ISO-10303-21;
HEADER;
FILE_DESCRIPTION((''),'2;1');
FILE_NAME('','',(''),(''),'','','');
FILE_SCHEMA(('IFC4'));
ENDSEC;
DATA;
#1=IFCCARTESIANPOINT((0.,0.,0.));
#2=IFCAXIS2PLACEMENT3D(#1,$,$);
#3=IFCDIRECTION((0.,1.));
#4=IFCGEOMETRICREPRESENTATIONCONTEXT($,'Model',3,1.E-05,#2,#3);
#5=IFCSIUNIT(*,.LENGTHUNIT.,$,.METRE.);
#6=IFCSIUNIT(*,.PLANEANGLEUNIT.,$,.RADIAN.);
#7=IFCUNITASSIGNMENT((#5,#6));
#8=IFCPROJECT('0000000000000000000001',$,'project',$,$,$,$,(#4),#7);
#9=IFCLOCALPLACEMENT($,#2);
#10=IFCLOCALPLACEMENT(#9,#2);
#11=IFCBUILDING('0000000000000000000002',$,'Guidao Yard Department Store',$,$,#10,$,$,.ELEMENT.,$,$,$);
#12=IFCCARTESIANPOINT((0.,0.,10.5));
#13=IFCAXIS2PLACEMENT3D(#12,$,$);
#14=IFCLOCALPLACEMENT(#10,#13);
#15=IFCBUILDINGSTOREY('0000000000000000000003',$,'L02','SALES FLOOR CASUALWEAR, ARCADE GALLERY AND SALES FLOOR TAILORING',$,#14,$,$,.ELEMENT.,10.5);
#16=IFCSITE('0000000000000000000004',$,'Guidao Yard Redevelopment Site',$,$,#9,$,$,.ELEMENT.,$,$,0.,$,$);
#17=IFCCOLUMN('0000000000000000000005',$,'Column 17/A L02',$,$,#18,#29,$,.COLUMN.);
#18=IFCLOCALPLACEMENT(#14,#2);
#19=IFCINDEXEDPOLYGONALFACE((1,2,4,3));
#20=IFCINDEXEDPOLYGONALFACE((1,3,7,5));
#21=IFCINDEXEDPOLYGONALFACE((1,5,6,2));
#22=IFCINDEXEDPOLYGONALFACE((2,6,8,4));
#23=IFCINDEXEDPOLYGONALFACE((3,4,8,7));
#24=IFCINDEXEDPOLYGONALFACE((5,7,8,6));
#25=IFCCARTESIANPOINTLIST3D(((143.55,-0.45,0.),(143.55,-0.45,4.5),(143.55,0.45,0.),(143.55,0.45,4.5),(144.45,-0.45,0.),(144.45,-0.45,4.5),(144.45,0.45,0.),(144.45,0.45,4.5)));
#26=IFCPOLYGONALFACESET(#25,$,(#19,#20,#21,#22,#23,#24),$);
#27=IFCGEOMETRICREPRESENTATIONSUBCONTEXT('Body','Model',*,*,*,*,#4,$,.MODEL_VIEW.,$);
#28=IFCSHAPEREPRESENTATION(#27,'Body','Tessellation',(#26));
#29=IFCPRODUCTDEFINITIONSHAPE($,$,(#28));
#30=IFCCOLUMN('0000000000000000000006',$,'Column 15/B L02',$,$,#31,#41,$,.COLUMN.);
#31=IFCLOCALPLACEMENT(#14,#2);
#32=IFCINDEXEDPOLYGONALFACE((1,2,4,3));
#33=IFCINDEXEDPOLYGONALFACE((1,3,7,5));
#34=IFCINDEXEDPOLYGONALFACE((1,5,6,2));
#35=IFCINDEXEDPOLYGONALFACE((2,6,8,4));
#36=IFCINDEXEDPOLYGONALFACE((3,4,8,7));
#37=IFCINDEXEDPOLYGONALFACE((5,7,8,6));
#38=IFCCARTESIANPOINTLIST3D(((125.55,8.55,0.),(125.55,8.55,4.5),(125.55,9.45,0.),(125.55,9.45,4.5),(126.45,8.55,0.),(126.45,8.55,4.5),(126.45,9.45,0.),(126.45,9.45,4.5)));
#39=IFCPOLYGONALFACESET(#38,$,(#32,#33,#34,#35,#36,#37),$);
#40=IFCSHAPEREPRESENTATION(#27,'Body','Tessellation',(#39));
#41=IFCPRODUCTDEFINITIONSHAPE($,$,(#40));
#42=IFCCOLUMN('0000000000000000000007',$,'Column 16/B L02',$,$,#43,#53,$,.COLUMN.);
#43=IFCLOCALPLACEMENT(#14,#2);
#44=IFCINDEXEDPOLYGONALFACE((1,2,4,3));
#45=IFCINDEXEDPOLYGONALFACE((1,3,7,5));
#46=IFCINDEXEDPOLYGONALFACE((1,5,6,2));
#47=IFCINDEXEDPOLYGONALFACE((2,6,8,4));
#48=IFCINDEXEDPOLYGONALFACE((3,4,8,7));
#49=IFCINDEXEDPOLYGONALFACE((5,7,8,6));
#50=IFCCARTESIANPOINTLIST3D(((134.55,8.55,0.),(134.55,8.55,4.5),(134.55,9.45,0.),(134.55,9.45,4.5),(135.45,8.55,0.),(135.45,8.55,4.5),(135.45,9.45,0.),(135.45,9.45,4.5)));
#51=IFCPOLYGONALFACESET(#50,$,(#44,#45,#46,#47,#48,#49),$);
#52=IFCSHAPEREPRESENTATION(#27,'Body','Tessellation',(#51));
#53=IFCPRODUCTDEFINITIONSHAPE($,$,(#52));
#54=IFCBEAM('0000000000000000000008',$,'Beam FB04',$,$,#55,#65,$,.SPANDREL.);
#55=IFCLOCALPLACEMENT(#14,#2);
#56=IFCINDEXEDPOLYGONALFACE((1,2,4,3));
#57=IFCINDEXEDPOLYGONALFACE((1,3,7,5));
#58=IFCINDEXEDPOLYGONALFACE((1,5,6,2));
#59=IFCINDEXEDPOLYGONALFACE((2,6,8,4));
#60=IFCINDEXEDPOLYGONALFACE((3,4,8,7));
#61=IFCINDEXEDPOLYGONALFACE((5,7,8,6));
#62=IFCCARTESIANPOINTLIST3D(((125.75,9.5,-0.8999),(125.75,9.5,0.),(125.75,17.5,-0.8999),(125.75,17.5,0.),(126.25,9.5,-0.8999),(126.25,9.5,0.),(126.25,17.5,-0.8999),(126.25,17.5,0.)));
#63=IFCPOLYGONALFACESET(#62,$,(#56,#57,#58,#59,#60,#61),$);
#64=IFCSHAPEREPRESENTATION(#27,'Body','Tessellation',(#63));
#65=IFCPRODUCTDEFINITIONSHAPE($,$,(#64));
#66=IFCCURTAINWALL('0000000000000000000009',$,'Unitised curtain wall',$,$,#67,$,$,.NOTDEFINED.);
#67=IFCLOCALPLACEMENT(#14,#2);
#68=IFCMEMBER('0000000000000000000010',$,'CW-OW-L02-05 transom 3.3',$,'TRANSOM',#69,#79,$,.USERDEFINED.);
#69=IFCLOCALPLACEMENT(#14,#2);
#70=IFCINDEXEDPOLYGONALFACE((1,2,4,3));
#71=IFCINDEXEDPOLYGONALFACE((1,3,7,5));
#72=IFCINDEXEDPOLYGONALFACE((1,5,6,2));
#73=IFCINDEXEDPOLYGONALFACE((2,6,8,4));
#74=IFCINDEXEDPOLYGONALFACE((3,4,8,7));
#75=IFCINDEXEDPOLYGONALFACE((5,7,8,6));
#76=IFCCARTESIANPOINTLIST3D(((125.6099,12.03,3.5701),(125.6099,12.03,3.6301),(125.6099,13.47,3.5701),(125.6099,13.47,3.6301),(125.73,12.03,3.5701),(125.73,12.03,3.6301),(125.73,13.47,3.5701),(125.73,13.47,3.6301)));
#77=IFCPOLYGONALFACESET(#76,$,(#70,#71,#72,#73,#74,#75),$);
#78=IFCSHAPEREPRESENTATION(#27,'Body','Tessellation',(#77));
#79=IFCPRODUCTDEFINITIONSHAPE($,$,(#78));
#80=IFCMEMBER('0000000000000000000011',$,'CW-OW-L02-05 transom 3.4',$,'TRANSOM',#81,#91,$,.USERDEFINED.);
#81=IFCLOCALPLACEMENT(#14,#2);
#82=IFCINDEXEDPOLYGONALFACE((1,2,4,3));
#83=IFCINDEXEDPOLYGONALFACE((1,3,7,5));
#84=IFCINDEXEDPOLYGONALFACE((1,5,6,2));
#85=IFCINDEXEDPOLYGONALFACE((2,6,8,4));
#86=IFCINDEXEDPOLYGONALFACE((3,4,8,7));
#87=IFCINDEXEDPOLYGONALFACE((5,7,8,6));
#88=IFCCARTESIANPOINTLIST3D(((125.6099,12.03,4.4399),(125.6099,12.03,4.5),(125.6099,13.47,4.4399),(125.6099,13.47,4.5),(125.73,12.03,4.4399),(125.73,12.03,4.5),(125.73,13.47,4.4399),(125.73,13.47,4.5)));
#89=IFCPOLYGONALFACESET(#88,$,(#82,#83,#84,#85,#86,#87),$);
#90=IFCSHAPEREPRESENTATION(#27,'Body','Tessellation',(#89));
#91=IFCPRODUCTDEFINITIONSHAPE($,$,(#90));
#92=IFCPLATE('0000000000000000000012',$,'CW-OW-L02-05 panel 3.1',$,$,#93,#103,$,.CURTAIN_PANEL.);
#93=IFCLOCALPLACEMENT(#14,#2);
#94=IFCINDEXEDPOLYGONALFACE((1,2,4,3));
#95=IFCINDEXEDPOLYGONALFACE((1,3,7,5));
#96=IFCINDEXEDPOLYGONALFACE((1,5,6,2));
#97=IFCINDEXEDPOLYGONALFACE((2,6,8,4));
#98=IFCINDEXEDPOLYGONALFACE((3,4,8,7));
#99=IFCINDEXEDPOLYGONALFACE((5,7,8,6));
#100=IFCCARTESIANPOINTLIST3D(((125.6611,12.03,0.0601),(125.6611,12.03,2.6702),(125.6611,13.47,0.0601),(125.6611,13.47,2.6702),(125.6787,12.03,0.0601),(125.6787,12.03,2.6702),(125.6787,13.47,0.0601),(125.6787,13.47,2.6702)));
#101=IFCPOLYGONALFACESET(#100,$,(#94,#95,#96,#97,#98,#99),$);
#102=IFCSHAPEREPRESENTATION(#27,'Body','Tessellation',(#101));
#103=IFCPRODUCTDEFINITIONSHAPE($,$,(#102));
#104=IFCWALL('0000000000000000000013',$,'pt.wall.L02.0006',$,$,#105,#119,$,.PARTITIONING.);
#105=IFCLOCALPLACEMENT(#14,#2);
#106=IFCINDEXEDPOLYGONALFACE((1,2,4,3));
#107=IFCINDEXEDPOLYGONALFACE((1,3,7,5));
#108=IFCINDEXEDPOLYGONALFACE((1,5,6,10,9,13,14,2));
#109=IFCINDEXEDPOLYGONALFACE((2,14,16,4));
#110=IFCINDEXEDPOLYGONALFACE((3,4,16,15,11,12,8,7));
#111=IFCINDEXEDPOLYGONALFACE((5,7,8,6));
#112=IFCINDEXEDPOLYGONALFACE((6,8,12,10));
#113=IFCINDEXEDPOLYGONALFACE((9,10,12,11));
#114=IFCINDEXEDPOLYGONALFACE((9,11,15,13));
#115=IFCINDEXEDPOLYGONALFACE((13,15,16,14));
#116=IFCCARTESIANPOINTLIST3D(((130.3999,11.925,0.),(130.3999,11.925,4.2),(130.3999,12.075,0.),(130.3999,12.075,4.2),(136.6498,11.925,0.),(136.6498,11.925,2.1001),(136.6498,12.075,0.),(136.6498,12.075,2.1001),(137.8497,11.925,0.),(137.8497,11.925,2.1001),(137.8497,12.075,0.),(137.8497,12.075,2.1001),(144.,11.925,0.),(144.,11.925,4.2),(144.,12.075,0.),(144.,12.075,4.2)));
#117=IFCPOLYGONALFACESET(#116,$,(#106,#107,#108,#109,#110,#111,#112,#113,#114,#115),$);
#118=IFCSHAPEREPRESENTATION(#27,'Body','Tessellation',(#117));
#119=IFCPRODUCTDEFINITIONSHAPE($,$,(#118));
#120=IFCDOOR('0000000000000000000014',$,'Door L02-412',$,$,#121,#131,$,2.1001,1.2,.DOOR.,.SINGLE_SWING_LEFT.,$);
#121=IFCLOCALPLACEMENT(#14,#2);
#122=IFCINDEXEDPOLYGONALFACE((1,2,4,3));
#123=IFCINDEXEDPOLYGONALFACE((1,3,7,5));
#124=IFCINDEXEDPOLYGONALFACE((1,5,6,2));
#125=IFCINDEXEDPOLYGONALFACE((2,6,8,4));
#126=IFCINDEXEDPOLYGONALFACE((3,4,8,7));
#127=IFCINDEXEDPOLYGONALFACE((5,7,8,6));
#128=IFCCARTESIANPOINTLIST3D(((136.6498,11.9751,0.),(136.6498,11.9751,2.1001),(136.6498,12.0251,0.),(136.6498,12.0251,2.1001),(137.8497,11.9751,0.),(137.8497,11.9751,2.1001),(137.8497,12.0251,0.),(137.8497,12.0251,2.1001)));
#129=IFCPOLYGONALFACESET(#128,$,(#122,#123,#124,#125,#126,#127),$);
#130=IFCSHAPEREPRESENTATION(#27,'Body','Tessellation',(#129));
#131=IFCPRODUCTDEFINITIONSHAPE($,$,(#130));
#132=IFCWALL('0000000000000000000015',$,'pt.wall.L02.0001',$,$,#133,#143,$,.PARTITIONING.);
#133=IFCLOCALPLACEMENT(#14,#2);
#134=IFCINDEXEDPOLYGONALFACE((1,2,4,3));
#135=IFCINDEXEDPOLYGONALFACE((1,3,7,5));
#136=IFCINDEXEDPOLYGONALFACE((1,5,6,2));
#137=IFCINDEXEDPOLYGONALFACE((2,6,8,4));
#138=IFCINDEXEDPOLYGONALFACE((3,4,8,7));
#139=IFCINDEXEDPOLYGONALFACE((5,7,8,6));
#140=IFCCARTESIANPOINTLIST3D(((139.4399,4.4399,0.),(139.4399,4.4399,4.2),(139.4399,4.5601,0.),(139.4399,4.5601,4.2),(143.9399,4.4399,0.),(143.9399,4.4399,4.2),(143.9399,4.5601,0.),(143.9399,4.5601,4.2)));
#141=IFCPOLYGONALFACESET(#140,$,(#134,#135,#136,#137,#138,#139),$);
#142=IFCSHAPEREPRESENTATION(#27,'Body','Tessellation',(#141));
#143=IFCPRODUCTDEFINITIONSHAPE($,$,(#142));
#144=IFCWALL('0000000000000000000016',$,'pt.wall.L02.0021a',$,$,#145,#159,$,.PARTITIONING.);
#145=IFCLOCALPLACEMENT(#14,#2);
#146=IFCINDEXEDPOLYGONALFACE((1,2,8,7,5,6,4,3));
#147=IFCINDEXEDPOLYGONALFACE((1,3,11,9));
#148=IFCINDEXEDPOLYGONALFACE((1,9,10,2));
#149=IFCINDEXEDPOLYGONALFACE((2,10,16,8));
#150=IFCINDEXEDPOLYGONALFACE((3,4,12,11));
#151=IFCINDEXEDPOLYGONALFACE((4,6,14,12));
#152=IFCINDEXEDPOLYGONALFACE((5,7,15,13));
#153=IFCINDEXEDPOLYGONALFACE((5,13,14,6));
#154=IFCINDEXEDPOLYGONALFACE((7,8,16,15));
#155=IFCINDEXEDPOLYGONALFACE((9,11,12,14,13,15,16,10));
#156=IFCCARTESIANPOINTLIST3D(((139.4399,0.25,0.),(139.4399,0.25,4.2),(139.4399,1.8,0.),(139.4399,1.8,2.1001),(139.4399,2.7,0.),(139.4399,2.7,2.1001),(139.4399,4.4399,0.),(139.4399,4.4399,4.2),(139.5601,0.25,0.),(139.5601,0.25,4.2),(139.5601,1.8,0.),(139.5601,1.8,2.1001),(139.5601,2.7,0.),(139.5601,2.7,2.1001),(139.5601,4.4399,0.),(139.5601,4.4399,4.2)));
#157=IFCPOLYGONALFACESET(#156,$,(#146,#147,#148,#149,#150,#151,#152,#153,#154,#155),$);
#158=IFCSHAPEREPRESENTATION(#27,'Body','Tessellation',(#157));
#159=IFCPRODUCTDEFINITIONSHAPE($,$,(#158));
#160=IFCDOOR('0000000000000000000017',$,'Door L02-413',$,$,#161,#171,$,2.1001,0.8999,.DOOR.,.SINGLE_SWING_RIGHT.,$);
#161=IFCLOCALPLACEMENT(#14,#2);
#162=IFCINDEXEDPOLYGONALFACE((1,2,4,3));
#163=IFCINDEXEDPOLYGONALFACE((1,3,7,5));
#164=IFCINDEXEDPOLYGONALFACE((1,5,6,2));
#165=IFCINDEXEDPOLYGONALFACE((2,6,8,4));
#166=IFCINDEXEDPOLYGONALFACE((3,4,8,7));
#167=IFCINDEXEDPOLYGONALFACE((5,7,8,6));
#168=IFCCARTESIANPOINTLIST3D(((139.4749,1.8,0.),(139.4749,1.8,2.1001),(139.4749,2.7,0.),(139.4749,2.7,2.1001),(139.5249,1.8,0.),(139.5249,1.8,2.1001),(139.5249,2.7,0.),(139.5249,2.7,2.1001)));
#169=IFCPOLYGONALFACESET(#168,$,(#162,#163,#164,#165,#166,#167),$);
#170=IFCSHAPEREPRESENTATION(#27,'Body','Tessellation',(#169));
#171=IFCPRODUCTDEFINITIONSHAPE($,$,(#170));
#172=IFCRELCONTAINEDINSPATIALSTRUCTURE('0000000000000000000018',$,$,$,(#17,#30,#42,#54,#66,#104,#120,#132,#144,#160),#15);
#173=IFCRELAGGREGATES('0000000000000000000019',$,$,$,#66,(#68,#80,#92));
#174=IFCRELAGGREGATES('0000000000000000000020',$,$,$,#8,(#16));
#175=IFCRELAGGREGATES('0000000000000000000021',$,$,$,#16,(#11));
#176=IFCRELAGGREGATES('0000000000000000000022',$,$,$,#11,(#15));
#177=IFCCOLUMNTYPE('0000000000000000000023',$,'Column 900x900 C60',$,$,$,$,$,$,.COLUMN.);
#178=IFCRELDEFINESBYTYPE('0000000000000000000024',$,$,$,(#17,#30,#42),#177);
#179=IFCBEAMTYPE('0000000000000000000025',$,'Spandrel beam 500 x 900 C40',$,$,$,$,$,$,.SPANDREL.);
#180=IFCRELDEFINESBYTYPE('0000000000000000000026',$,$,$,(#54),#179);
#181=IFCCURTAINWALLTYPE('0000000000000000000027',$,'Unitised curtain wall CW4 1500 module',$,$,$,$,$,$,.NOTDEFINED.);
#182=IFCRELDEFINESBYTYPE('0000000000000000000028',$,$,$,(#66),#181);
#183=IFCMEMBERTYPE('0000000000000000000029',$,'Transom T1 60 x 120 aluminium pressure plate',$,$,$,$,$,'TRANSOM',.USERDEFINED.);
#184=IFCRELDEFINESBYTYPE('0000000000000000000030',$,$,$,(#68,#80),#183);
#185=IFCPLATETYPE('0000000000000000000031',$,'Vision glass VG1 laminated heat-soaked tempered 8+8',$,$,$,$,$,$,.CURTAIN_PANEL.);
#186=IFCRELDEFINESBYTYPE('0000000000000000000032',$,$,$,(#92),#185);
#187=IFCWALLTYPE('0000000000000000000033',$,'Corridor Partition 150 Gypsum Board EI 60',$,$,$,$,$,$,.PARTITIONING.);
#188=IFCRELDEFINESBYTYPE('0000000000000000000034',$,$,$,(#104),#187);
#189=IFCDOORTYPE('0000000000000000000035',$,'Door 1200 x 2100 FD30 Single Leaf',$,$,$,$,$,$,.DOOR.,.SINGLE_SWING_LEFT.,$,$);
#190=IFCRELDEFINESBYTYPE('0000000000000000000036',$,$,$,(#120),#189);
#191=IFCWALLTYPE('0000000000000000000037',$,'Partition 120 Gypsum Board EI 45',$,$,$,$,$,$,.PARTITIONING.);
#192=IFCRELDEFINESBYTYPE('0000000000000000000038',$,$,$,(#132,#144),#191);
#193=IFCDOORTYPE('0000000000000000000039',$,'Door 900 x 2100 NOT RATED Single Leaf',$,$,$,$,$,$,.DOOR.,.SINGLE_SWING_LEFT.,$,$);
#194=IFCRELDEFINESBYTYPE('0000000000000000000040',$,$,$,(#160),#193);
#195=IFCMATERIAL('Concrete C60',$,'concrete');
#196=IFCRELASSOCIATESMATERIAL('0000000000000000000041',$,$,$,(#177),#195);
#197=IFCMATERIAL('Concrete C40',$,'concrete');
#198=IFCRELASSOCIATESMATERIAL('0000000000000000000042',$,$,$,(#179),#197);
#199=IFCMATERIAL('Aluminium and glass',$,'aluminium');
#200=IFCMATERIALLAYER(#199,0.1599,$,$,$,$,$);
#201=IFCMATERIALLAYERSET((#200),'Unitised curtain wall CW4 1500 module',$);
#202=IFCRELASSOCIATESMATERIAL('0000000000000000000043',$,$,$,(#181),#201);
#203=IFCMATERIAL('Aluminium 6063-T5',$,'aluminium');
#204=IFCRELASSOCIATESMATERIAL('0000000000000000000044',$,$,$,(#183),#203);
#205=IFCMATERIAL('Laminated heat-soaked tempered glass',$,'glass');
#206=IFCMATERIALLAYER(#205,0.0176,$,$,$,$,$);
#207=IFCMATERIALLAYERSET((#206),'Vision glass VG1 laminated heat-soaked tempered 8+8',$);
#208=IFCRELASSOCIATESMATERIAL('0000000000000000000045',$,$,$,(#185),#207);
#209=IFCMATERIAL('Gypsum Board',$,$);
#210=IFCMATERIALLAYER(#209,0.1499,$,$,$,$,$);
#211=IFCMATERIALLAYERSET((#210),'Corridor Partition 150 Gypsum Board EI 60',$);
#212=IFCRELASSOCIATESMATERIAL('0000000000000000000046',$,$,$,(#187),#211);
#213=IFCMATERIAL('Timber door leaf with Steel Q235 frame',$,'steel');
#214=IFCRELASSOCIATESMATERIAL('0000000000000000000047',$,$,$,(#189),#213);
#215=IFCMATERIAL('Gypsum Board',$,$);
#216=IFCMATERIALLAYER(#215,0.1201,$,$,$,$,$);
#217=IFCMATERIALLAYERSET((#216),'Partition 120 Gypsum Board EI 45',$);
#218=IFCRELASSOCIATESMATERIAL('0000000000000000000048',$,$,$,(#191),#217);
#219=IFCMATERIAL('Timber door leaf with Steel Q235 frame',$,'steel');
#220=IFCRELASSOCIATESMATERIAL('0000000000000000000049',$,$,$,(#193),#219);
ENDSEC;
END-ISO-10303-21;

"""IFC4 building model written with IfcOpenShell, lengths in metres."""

from ifc_helpers import new_model, si_unit, direction, frame, frame_2d, origin, origin_2d, place, context, subcontext, project, spatial, rectangle, extrude, material, layer, layer_set, material_profile, profile_set, type_object, element, fill, aggregate, save


model = new_model("IFC4")

# Units and contexts
model_context = context("Model", 3, precision=1e-05, world=origin(), true_north=direction((0.0, 1.0)))
body_context = subcontext(model_context, "Body", "Model", "MODEL_VIEW")
ifc_project = project(units=[si_unit("LENGTHUNIT", "METRE"), si_unit("PLANEANGLEUNIT", "RADIAN")], contexts=[model_context])

# Site, building, storey
site_placement = place(None, origin())
site = spatial("IfcSite", under=ifc_project, at=site_placement, Name="Guidao Yard Redevelopment Site", CompositionType="ELEMENT", RefElevation=0.0)
building_placement = place(site_placement, origin())
building = spatial("IfcBuilding", under=site, at=building_placement, Name="Guidao Yard Department Store", CompositionType="ELEMENT")
storey_placement = place(building_placement, frame((0.0, 0.0, 10.5)))
storey = spatial("IfcBuildingStorey", under=building, at=storey_placement, Name="L02", Description="SALES FLOOR CASUALWEAR, ARCADE GALLERY AND SALES FLOOR TAILORING", CompositionType="ELEMENT", Elevation=10.5)

# Columns
ifc_material_1 = material(Name="Concrete C60", Category="concrete")
ifc_material_profile_1 = material_profile(ifc_material_1, rectangle(XDim=0.8999, YDim=0.8999, at=origin_2d()), Name="COL 900x900")
ifc_profile_set_1 = profile_set([ifc_material_profile_1], Name="Concrete C60")
column_type = type_object("IfcColumnType", Name="Column 900x900 C60", PredefinedType="COLUMN", material=ifc_profile_set_1)
for number, where, z_axis, x_axis, name in (
    (1, (144.0, 0.0, 0.0), (0.0, 0.0, 1.0), (1.0, 0.0, 0.0), "Column 17/A L02"),
    (2, (126.0, 9.0, 0.0), (0.0, 0.0, 1.0), (1.0, 0.0, 0.0), "Column 15/B L02"),
    (3, (135.0, 9.0, 0.0), (0.0, 0.0, 1.0), (1.0, 0.0, 0.0), "Column 16/B L02"),
):
    element("IfcColumn", number, at=place(storey_placement, frame(where, z_axis=z_axis, x_axis=x_axis)), inside=storey, type_object=column_type, Name=name, PredefinedType="COLUMN", context=body_context, shape_type="SweptSolid", body=[
        extrude(rectangle(XDim=0.8999, YDim=0.8999, at=origin_2d()), origin(), (0.0, 0.0, 1.0), 4.5),
    ])

# Beam
ifc_material_2 = material(Name="Concrete C40", Category="concrete")
ifc_material_profile_2 = material_profile(ifc_material_2, rectangle(XDim=0.5, YDim=0.8999, at=origin_2d()), Name="Spandrel beam 500 x 900 C40")
ifc_profile_set_2 = profile_set([ifc_material_profile_2], Name="Concrete C40")
beam_type = type_object("IfcBeamType", Name="Spandrel beam 500 x 900 C40", PredefinedType="SPANDREL", material=ifc_profile_set_2)
beam_placement = place(storey_placement, frame((126.0, 9.5, -0.45), z_axis=(0.0, 1.0, 0.0), x_axis=(-1.0, 0.0, 0.0)))
element("IfcBeam", 4, at=beam_placement, inside=storey, type_object=beam_type, Name="Beam FB04", PredefinedType="SPANDREL", context=body_context, shape_type="SweptSolid", body=[
    extrude(rectangle(XDim=0.5, YDim=0.8999, at=origin_2d()), origin(), (0.0, 0.0, 1.0), 8.0),
])

# Curtain wall, members, plate
ifc_material_3 = material(Name="Aluminium and glass", Category="aluminium")
ifc_layer_1 = layer(ifc_material_3, 0.1599)
ifc_layer_set_1 = layer_set([ifc_layer_1], Name="Unitised curtain wall CW4 1500 module")
curtain_wall_type = type_object("IfcCurtainWallType", Name="Unitised curtain wall CW4 1500 module", PredefinedType="NOTDEFINED", material=ifc_layer_set_1)
curtain_wall_placement = place(storey_placement, origin())
curtain_wall = element("IfcCurtainWall", 5, at=curtain_wall_placement, inside=storey, type_object=curtain_wall_type, Name="Unitised curtain wall", PredefinedType="NOTDEFINED")
ifc_material_4 = material(Name="Aluminium 6063-T5", Category="aluminium")
ifc_material_profile_3 = material_profile(ifc_material_4, rectangle(XDim=0.1201, YDim=0.0601, at=origin_2d()), Name="Transom T1 60 x 120 aluminium pressure plate")
ifc_profile_set_3 = profile_set([ifc_material_profile_3], Name="Aluminium 6063-T5")
member_type = type_object("IfcMemberType", Name="Transom T1 60 x 120 aluminium pressure plate", ElementType="TRANSOM", PredefinedType="USERDEFINED", material=ifc_profile_set_3)
member_1_placement = place(storey_placement, frame((125.6699, 12.03, 3.6001), z_axis=(0.0, 1.0, 0.0), x_axis=(-1.0, 0.0, 0.0)))
member_1 = element("IfcMember", 6, at=member_1_placement, type_object=member_type, Name="CW-OW-L02-05 transom 3.3", ObjectType="TRANSOM", PredefinedType="USERDEFINED", context=body_context, shape_type="SweptSolid", body=[
    extrude(rectangle(XDim=0.1201, YDim=0.0601, at=origin_2d()), origin(), (0.0, 0.0, 1.0), 1.4399),
])
member_2_placement = place(storey_placement, frame((125.6699, 12.03, 4.47), z_axis=(0.0, 1.0, 0.0), x_axis=(-1.0, 0.0, 0.0)))
member_2 = element("IfcMember", 7, at=member_2_placement, type_object=member_type, Name="CW-OW-L02-05 transom 3.4", ObjectType="TRANSOM", PredefinedType="USERDEFINED", context=body_context, shape_type="SweptSolid", body=[
    extrude(rectangle(XDim=0.1201, YDim=0.0601, at=origin_2d()), origin(), (0.0, 0.0, 1.0), 1.4399),
])
ifc_material_5 = material(Name="Laminated heat-soaked tempered glass", Category="glass")
ifc_layer_2 = layer(ifc_material_5, 0.0176)
ifc_layer_set_2 = layer_set([ifc_layer_2], Name="Vision glass VG1 laminated heat-soaked tempered 8+8")
plate_type = type_object("IfcPlateType", Name="Vision glass VG1 laminated heat-soaked tempered 8+8", PredefinedType="CURTAIN_PANEL", material=ifc_layer_set_2)
plate_placement = place(storey_placement, frame((125.6699, 12.75, 0.0601), z_axis=(0.0, 0.0, 1.0), x_axis=(0.0, 1.0, 0.0)))
plate = element("IfcPlate", 8, at=plate_placement, type_object=plate_type, Name="CW-OW-L02-05 panel 3.1", PredefinedType="CURTAIN_PANEL", context=body_context, shape_type="SweptSolid", body=[
    extrude(rectangle(XDim=1.4399, YDim=0.0176, at=origin_2d()), origin(), (0.0, 0.0, 1.0), 2.6101),
])
aggregate(curtain_wall, [member_1, member_2, plate])

# Wall, opening, door
ifc_material_6 = material(Name="Gypsum Board")
ifc_layer_3 = layer(ifc_material_6, 0.1499)
ifc_layer_set_3 = layer_set([ifc_layer_3], Name="Corridor Partition 150 Gypsum Board EI 60")
wall_type_1 = type_object("IfcWallType", Name="Corridor Partition 150 Gypsum Board EI 60", PredefinedType="PARTITIONING", material=ifc_layer_set_3)
wall_1_placement = place(storey_placement, frame((130.3999, 12.0, 0.0), z_axis=(0.0, 0.0, 1.0), x_axis=(1.0, 0.0, 0.0)))
wall_1 = element("IfcWall", 9, at=wall_1_placement, inside=storey, type_object=wall_type_1, Name="pt.wall.L02.0006", PredefinedType="PARTITIONING", context=body_context, shape_type="SweptSolid", body=[
    extrude(rectangle(XDim=13.6001, YDim=0.1499, at=frame_2d((6.8, 0.0))), origin(), (0.0, 0.0, 1.0), 4.2),
])
opening_1_placement = place(wall_1_placement, frame((7.45, 0.0, 0.0), z_axis=(0.0, 0.0, 1.0), x_axis=(-1.0, 0.0, 0.0)))
opening_1 = element("IfcOpeningElement", 10, at=opening_1_placement, cuts=wall_1, PredefinedType="OPENING", context=body_context, shape_type="SweptSolid", body=[
    extrude(rectangle(XDim=1.2, YDim=2.1001, at=frame_2d((0.6001, 1.05))), frame((0.0, 0.085, 0.0), z_axis=(0.0, -1.0, 0.0), x_axis=(1.0, 0.0, 0.0)), (0.0, 0.0, 1.0), 0.1699),
])
ifc_material_7 = material(Name="Timber door leaf with Steel Q235 frame", Category="steel")
door_type_1 = type_object("IfcDoorType", Name="Door 1200 x 2100 FD30 Single Leaf", OperationType="SINGLE_SWING_LEFT", PredefinedType="DOOR", material=ifc_material_7)
door_1_placement = place(opening_1_placement, origin())
door_1 = element("IfcDoor", 11, at=door_1_placement, inside=storey, type_object=door_type_1, Name="Door L02-412", OperationType="SINGLE_SWING_LEFT", OverallHeight=2.1001, OverallWidth=1.2, PredefinedType="DOOR", context=body_context, shape_type="SweptSolid", body=[
    extrude(rectangle(XDim=1.2, YDim=2.1001, at=frame_2d((0.6001, 1.05))), frame((0.0, 0.0249, 0.0), z_axis=(0.0, -1.0, 0.0), x_axis=(1.0, 0.0, 0.0)), (0.0, 0.0, 1.0), 0.05),
])
fill(opening_1, door_1)

# Wall
ifc_material_8 = material(Name="Gypsum Board")
ifc_layer_4 = layer(ifc_material_8, 0.1201)
ifc_layer_set_4 = layer_set([ifc_layer_4], Name="Partition 120 Gypsum Board EI 45")
wall_type_2 = type_object("IfcWallType", Name="Partition 120 Gypsum Board EI 45", PredefinedType="PARTITIONING", material=ifc_layer_set_4)
wall_2_placement = place(storey_placement, frame((139.4399, 4.5, 0.0), z_axis=(0.0, 0.0, 1.0), x_axis=(1.0, 0.0, 0.0)))
element("IfcWall", 12, at=wall_2_placement, inside=storey, type_object=wall_type_2, Name="pt.wall.L02.0001", PredefinedType="PARTITIONING", context=body_context, shape_type="SweptSolid", body=[
    extrude(rectangle(XDim=4.5, YDim=0.1201, at=frame_2d((2.25, 0.0))), origin(), (0.0, 0.0, 1.0), 4.2),
])

# Wall, opening, door
wall_3_placement = place(storey_placement, frame((139.5, 0.25, 0.0), z_axis=(0.0, 0.0, 1.0), x_axis=(0.0, 1.0, 0.0)))
wall_3 = element("IfcWall", 13, at=wall_3_placement, inside=storey, type_object=wall_type_2, Name="pt.wall.L02.0021a", PredefinedType="PARTITIONING", context=body_context, shape_type="SweptSolid", body=[
    extrude(rectangle(XDim=4.1899, YDim=0.1201, at=frame_2d((2.095, 0.0))), origin(), (0.0, 0.0, 1.0), 4.2),
])
opening_2_placement = place(wall_3_placement, frame((2.45, 0.0, 0.0), z_axis=(0.0, 0.0, 1.0), x_axis=(-1.0, 0.0, 0.0)))
opening_2 = element("IfcOpeningElement", 14, at=opening_2_placement, cuts=wall_3, PredefinedType="OPENING", context=body_context, shape_type="SweptSolid", body=[
    extrude(rectangle(XDim=0.8999, YDim=2.1001, at=frame_2d((0.45, 1.05))), frame((0.0, 0.0701, 0.0), z_axis=(0.0, -1.0, 0.0), x_axis=(1.0, 0.0, 0.0)), (0.0, 0.0, 1.0), 0.1401),
])
ifc_material_9 = material(Name="Timber door leaf with Steel Q235 frame", Category="steel")
door_type_2 = type_object("IfcDoorType", Name="Door 900 x 2100 NOT RATED Single Leaf", OperationType="SINGLE_SWING_LEFT", PredefinedType="DOOR", material=ifc_material_9)
door_2_placement = place(opening_2_placement, origin())
door_2 = element("IfcDoor", 15, at=door_2_placement, inside=storey, type_object=door_type_2, Name="Door L02-413", OperationType="SINGLE_SWING_RIGHT", OverallHeight=2.1001, OverallWidth=0.8999, PredefinedType="DOOR", context=body_context, shape_type="SweptSolid", body=[
    extrude(rectangle(XDim=0.8999, YDim=2.1001, at=frame_2d((0.45, 1.05))), frame((0.0, 0.0249, 0.0), z_axis=(0.0, -1.0, 0.0), x_axis=(1.0, 0.0, 0.0)), (0.0, 0.0, 1.0), 0.05),
])
fill(opening_2, door_2)

save(model, "model.ifc")
